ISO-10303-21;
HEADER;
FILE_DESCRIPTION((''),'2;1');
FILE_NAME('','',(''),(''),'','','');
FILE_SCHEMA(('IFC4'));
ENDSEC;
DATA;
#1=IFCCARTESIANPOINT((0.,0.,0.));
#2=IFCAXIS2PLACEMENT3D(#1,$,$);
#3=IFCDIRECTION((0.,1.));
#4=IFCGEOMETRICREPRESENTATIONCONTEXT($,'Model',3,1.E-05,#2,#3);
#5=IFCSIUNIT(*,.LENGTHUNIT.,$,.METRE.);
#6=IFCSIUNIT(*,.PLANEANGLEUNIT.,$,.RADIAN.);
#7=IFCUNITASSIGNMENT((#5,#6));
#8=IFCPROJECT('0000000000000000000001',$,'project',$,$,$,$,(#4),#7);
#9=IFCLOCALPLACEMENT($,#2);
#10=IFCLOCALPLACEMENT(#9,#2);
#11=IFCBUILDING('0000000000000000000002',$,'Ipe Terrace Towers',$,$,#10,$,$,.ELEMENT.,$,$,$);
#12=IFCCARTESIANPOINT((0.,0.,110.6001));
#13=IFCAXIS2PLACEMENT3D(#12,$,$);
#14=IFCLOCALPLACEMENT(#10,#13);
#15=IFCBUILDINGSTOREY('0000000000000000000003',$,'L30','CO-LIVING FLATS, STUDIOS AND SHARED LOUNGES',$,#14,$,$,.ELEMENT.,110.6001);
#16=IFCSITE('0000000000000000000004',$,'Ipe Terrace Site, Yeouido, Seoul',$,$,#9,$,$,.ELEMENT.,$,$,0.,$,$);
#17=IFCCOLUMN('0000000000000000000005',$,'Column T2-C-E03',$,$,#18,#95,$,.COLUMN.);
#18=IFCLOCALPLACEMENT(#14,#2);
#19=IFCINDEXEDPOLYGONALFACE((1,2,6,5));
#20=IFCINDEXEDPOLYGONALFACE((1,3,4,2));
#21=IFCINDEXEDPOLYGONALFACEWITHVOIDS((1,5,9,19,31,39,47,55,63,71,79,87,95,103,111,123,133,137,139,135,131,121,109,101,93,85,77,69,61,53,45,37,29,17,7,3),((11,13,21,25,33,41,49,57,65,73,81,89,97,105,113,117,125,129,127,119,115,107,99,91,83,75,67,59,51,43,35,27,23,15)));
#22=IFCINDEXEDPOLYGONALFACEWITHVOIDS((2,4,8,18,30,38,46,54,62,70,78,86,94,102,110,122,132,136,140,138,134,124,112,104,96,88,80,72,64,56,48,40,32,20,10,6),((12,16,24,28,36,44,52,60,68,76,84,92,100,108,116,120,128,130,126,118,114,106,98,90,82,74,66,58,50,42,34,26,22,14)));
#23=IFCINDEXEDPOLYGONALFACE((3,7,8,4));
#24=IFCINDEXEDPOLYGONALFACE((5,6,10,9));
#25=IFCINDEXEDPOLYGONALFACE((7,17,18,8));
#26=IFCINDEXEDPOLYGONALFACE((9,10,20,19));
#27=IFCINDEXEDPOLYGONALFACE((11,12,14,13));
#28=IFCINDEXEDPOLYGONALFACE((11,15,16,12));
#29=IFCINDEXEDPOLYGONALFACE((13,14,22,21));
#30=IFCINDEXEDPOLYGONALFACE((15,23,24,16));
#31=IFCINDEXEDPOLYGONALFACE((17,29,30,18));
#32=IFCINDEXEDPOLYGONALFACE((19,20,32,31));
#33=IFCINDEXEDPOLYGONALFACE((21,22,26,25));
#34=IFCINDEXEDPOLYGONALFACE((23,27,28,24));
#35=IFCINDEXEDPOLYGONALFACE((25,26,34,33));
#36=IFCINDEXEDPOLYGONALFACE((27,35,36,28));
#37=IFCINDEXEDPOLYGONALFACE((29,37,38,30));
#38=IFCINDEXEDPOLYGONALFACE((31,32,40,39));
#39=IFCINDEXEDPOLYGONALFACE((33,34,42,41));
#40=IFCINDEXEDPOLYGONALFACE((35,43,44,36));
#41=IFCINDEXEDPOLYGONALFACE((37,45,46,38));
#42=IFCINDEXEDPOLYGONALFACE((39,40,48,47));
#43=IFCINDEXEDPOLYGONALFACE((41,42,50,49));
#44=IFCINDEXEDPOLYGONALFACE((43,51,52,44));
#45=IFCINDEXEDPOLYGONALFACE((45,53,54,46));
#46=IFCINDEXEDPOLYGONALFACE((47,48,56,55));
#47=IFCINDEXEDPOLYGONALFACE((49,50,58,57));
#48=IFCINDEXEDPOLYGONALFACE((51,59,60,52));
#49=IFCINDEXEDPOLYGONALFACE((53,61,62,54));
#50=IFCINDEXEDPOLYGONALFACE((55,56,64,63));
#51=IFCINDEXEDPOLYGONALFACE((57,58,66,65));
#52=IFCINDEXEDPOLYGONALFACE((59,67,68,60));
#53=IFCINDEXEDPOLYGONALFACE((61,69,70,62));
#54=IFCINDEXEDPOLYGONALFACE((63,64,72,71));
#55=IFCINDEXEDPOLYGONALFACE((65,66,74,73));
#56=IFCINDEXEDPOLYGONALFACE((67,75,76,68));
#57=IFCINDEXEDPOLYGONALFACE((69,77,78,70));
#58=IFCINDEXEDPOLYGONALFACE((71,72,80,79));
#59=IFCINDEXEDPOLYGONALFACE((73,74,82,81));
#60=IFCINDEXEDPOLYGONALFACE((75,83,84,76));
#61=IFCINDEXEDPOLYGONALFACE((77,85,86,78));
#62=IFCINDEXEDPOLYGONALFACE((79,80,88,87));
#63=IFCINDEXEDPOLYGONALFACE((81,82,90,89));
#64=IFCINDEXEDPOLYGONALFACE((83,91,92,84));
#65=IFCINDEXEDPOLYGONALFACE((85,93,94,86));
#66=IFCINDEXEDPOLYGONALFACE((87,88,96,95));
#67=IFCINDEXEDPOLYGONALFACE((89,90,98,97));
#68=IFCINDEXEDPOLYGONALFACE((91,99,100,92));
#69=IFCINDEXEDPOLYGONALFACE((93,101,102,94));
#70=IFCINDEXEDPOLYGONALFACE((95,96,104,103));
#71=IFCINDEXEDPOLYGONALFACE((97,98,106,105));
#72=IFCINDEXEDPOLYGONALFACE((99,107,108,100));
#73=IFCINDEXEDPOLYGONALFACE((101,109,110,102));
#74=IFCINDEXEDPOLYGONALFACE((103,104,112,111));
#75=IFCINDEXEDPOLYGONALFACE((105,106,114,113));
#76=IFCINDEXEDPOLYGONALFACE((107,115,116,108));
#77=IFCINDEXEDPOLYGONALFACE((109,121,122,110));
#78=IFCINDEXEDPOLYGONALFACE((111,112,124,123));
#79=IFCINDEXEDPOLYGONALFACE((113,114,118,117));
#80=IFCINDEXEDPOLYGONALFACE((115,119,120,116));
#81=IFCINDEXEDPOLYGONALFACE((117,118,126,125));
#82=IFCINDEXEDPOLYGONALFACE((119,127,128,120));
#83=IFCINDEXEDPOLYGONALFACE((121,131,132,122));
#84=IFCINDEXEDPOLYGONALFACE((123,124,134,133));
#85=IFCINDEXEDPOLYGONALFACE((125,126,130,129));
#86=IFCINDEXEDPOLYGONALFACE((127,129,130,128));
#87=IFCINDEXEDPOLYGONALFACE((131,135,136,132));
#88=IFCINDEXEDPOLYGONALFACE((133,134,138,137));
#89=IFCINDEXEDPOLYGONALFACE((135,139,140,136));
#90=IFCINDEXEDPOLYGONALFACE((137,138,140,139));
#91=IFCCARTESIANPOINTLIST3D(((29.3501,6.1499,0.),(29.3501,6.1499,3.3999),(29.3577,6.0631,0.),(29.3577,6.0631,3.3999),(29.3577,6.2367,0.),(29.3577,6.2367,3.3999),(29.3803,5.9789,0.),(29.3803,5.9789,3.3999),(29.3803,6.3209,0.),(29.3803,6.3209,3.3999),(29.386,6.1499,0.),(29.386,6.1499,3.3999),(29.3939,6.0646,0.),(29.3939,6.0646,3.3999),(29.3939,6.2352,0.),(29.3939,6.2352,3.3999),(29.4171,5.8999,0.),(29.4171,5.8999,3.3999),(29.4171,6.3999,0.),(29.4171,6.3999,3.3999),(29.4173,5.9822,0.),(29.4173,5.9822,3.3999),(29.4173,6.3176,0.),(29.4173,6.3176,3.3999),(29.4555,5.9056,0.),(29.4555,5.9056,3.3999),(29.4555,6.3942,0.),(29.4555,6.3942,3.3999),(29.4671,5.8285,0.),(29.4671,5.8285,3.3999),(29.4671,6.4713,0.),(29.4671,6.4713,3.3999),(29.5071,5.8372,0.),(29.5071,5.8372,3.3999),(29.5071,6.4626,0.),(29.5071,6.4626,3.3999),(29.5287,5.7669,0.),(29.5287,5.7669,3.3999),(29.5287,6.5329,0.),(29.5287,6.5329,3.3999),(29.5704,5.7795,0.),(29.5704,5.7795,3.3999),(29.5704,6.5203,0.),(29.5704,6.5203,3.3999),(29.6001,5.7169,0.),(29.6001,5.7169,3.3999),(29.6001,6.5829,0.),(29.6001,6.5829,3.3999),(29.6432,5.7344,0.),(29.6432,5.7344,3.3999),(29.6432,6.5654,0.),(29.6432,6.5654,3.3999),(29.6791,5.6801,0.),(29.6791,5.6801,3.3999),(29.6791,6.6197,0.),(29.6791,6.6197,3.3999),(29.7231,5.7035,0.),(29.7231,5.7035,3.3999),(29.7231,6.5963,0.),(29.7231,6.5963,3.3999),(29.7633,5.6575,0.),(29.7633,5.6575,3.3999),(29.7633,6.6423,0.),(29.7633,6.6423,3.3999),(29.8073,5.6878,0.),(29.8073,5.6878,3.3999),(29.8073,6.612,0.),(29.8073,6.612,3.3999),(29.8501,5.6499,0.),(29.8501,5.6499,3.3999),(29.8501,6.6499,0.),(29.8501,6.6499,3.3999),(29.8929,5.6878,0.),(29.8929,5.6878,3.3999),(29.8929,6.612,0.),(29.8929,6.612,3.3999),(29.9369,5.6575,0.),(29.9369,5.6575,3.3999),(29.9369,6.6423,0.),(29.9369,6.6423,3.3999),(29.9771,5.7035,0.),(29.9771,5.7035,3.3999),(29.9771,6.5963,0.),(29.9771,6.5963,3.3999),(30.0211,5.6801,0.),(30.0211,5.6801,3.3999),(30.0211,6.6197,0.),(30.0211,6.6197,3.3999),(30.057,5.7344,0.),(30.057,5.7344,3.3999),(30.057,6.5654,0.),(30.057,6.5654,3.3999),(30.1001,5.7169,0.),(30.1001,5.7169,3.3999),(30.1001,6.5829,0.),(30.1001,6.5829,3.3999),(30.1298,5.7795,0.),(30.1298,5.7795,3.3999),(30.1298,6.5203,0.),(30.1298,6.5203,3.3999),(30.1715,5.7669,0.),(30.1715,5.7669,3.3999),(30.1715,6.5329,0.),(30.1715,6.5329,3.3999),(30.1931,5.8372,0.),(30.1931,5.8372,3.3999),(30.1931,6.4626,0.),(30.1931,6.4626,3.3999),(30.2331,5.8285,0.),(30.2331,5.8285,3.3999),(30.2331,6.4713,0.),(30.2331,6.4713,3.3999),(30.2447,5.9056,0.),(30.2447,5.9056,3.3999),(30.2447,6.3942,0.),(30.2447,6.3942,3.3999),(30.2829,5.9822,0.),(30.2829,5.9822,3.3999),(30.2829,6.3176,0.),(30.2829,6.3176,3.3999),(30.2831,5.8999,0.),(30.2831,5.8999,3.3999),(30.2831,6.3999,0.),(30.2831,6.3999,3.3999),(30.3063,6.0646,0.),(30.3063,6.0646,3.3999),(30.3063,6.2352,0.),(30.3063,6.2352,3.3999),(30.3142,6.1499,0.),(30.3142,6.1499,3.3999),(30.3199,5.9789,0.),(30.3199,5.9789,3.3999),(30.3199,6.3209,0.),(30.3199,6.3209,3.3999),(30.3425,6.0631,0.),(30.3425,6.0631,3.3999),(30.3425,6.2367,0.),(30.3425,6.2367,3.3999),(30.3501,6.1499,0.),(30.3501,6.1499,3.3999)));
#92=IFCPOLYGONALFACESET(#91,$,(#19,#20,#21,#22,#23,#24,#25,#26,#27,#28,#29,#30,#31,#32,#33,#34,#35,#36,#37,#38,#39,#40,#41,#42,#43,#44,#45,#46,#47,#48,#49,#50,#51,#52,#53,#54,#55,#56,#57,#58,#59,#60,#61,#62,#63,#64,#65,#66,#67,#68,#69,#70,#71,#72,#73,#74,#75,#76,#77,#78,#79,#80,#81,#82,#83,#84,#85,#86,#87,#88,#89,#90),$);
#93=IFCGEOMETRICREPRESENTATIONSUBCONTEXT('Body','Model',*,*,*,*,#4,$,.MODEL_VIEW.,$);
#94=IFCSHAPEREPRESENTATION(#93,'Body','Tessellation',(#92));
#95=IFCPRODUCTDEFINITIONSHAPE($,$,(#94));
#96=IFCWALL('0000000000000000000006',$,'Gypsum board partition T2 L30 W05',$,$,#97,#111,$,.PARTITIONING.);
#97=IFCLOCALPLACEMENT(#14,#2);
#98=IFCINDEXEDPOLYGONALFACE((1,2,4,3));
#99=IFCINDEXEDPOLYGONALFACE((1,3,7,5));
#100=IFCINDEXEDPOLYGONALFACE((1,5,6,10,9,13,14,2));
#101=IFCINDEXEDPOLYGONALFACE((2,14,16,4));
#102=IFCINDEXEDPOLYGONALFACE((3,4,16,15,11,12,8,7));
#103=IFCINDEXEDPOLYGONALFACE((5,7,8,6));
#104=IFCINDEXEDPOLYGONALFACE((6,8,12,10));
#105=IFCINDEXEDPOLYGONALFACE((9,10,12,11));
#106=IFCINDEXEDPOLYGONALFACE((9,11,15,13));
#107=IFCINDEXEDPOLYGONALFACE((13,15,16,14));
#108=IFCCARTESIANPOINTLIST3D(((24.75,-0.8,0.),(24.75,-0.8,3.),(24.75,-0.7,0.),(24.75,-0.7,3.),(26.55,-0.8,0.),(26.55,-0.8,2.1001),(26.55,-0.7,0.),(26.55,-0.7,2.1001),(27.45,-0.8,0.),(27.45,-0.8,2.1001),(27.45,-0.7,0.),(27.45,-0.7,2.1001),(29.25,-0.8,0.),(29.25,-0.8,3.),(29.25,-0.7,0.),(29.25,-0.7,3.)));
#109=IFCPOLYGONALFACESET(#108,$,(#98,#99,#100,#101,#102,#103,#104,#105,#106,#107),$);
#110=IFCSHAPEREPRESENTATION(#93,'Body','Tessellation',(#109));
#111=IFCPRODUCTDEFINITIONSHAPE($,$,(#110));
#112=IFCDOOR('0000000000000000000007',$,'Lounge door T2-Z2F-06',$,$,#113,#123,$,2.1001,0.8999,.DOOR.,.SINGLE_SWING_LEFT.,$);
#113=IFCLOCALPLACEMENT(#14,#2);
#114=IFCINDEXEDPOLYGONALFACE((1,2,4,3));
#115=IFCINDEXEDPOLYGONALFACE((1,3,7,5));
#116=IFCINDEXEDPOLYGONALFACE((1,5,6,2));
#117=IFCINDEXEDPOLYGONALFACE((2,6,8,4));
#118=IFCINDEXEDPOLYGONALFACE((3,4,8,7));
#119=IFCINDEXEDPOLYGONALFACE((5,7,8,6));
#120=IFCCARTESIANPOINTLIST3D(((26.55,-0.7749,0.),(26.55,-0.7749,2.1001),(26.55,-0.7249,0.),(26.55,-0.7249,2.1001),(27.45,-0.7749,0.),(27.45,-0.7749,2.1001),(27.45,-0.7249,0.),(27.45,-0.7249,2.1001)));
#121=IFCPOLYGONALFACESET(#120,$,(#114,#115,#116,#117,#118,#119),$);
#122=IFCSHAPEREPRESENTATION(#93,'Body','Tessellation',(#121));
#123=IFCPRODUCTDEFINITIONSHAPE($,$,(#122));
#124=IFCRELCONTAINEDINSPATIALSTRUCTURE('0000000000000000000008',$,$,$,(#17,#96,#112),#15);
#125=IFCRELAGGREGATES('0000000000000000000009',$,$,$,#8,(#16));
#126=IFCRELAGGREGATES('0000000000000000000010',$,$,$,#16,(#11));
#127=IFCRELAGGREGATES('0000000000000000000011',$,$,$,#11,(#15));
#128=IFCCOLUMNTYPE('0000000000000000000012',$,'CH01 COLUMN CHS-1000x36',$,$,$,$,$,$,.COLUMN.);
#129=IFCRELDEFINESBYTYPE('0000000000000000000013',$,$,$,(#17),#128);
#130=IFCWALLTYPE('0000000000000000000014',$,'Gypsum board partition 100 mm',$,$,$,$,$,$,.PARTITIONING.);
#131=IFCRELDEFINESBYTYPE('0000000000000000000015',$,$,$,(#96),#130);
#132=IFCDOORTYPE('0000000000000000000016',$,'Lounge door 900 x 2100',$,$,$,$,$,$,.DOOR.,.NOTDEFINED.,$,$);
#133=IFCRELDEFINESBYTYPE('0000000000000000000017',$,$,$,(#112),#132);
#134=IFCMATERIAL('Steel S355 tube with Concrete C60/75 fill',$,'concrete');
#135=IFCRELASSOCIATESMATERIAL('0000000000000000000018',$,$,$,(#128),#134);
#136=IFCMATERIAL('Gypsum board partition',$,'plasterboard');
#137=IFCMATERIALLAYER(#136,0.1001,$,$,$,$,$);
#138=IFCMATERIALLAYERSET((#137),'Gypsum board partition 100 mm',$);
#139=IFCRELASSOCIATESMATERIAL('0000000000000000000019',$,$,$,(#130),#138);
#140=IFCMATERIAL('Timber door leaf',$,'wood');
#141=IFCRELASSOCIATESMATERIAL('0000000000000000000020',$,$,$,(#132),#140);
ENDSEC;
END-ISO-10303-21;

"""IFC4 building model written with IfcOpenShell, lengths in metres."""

from ifc_helpers import new_model, si_unit, direction, frame, frame_2d, origin, origin_2d, place, context, subcontext, project, spatial, rectangle, hollow_circle, extrude, material, layer, layer_set, material_profile, profile_set, type_object, element, fill, save


model = new_model("IFC4")

# Units and contexts
model_context = context("Model", 3, precision=1e-05, world=origin(), true_north=direction((0.0, 1.0)))
body_context = subcontext(model_context, "Body", "Model", "MODEL_VIEW")
ifc_project = project(units=[si_unit("LENGTHUNIT", "METRE"), si_unit("PLANEANGLEUNIT", "RADIAN")], contexts=[model_context])

# Site, building, storey
site_placement = place(None, origin())
site = spatial("IfcSite", under=ifc_project, at=site_placement, Name="Ipe Terrace Site, Yeouido, Seoul", CompositionType="ELEMENT", RefElevation=0.0)
building_placement = place(site_placement, origin())
building = spatial("IfcBuilding", under=site, at=building_placement, Name="Ipe Terrace Towers", CompositionType="ELEMENT")
storey_placement = place(building_placement, frame((0.0, 0.0, 110.6001)))
storey = spatial("IfcBuildingStorey", under=building, at=storey_placement, Name="L30", Description="CO-LIVING FLATS, STUDIOS AND SHARED LOUNGES", CompositionType="ELEMENT", Elevation=110.6001)

# Column
ifc_material_1 = material(Name="Steel S355 tube with Concrete C60/75 fill", Category="concrete")
ifc_material_profile = material_profile(ifc_material_1, hollow_circle(Radius=0.5, WallThickness=0.0359, at=origin_2d()), Name="CHS-1000x36")
ifc_profile_set = profile_set([ifc_material_profile], Name="Steel S355 tube with Concrete C60/75 fill")
column_type = type_object("IfcColumnType", Name="CH01 COLUMN CHS-1000x36", PredefinedType="COLUMN", material=ifc_profile_set)
column_placement = place(storey_placement, frame((29.8501, 6.1499, 0.0), z_axis=(0.0, 0.0, 1.0), x_axis=(1.0, 0.0, 0.0)))
element("IfcColumn", 1, at=column_placement, inside=storey, type_object=column_type, Name="Column T2-C-E03", PredefinedType="COLUMN", context=body_context, shape_type="SweptSolid", body=[
    extrude(hollow_circle(Radius=0.5, WallThickness=0.0359, at=origin_2d()), origin(), (0.0, 0.0, 1.0), 3.3999),
])

# Wall, opening, door
ifc_material_2 = material(Name="Gypsum board partition", Category="plasterboard")
ifc_layer = layer(ifc_material_2, 0.1001)
ifc_layer_set = layer_set([ifc_layer], Name="Gypsum board partition 100 mm")
wall_type = type_object("IfcWallType", Name="Gypsum board partition 100 mm", PredefinedType="PARTITIONING", material=ifc_layer_set)
wall_1_placement = place(storey_placement, frame((29.25, -0.75, 0.0), z_axis=(0.0, 0.0, 1.0), x_axis=(-1.0, 0.0, 0.0)))
wall_1 = element("IfcWall", 2, at=wall_1_placement, inside=storey, type_object=wall_type, Name="Gypsum board partition T2 L30 W05", PredefinedType="PARTITIONING", context=body_context, shape_type="SweptSolid", body=[
    extrude(rectangle(XDim=4.5, YDim=0.1001, at=frame_2d((2.25, 0.0))), origin(), (0.0, 0.0, 1.0), 3.0),
])
opening_1_placement = place(wall_1_placement, frame((1.8, 0.0, 0.0)))
opening_1 = element("IfcOpeningElement", 3, at=opening_1_placement, cuts=wall_1, PredefinedType="OPENING", context=body_context, shape_type="SweptSolid", body=[
    extrude(rectangle(XDim=0.8999, YDim=2.1001, at=frame_2d((0.45, 1.05))), frame((0.0, 0.0601, 0.0), z_axis=(0.0, -1.0, 0.0), x_axis=(1.0, 0.0, 0.0)), (0.0, 0.0, 1.0), 0.1201),
])
ifc_material_3 = material(Name="Timber door leaf", Category="wood")
door_type_1 = type_object("IfcDoorType", Name="Lounge door 900 x 2100", OperationType="NOTDEFINED", PredefinedType="DOOR", material=ifc_material_3)
door_1_placement = place(opening_1_placement, origin())
door_1 = element("IfcDoor", 4, at=door_1_placement, inside=storey, type_object=door_type_1, Name="Lounge door T2-Z2F-06", OperationType="SINGLE_SWING_LEFT", OverallHeight=2.1001, OverallWidth=0.8999, PredefinedType="DOOR", context=body_context, shape_type="SweptSolid", body=[
    extrude(rectangle(XDim=0.8999, YDim=2.1001, at=frame_2d((0.45, 1.05))), frame((0.0, 0.0249, 0.0), z_axis=(0.0, -1.0, 0.0), x_axis=(1.0, 0.0, 0.0)), (0.0, 0.0, 1.0), 0.05),
])
fill(opening_1, door_1)

save(model, "model.ifc")
